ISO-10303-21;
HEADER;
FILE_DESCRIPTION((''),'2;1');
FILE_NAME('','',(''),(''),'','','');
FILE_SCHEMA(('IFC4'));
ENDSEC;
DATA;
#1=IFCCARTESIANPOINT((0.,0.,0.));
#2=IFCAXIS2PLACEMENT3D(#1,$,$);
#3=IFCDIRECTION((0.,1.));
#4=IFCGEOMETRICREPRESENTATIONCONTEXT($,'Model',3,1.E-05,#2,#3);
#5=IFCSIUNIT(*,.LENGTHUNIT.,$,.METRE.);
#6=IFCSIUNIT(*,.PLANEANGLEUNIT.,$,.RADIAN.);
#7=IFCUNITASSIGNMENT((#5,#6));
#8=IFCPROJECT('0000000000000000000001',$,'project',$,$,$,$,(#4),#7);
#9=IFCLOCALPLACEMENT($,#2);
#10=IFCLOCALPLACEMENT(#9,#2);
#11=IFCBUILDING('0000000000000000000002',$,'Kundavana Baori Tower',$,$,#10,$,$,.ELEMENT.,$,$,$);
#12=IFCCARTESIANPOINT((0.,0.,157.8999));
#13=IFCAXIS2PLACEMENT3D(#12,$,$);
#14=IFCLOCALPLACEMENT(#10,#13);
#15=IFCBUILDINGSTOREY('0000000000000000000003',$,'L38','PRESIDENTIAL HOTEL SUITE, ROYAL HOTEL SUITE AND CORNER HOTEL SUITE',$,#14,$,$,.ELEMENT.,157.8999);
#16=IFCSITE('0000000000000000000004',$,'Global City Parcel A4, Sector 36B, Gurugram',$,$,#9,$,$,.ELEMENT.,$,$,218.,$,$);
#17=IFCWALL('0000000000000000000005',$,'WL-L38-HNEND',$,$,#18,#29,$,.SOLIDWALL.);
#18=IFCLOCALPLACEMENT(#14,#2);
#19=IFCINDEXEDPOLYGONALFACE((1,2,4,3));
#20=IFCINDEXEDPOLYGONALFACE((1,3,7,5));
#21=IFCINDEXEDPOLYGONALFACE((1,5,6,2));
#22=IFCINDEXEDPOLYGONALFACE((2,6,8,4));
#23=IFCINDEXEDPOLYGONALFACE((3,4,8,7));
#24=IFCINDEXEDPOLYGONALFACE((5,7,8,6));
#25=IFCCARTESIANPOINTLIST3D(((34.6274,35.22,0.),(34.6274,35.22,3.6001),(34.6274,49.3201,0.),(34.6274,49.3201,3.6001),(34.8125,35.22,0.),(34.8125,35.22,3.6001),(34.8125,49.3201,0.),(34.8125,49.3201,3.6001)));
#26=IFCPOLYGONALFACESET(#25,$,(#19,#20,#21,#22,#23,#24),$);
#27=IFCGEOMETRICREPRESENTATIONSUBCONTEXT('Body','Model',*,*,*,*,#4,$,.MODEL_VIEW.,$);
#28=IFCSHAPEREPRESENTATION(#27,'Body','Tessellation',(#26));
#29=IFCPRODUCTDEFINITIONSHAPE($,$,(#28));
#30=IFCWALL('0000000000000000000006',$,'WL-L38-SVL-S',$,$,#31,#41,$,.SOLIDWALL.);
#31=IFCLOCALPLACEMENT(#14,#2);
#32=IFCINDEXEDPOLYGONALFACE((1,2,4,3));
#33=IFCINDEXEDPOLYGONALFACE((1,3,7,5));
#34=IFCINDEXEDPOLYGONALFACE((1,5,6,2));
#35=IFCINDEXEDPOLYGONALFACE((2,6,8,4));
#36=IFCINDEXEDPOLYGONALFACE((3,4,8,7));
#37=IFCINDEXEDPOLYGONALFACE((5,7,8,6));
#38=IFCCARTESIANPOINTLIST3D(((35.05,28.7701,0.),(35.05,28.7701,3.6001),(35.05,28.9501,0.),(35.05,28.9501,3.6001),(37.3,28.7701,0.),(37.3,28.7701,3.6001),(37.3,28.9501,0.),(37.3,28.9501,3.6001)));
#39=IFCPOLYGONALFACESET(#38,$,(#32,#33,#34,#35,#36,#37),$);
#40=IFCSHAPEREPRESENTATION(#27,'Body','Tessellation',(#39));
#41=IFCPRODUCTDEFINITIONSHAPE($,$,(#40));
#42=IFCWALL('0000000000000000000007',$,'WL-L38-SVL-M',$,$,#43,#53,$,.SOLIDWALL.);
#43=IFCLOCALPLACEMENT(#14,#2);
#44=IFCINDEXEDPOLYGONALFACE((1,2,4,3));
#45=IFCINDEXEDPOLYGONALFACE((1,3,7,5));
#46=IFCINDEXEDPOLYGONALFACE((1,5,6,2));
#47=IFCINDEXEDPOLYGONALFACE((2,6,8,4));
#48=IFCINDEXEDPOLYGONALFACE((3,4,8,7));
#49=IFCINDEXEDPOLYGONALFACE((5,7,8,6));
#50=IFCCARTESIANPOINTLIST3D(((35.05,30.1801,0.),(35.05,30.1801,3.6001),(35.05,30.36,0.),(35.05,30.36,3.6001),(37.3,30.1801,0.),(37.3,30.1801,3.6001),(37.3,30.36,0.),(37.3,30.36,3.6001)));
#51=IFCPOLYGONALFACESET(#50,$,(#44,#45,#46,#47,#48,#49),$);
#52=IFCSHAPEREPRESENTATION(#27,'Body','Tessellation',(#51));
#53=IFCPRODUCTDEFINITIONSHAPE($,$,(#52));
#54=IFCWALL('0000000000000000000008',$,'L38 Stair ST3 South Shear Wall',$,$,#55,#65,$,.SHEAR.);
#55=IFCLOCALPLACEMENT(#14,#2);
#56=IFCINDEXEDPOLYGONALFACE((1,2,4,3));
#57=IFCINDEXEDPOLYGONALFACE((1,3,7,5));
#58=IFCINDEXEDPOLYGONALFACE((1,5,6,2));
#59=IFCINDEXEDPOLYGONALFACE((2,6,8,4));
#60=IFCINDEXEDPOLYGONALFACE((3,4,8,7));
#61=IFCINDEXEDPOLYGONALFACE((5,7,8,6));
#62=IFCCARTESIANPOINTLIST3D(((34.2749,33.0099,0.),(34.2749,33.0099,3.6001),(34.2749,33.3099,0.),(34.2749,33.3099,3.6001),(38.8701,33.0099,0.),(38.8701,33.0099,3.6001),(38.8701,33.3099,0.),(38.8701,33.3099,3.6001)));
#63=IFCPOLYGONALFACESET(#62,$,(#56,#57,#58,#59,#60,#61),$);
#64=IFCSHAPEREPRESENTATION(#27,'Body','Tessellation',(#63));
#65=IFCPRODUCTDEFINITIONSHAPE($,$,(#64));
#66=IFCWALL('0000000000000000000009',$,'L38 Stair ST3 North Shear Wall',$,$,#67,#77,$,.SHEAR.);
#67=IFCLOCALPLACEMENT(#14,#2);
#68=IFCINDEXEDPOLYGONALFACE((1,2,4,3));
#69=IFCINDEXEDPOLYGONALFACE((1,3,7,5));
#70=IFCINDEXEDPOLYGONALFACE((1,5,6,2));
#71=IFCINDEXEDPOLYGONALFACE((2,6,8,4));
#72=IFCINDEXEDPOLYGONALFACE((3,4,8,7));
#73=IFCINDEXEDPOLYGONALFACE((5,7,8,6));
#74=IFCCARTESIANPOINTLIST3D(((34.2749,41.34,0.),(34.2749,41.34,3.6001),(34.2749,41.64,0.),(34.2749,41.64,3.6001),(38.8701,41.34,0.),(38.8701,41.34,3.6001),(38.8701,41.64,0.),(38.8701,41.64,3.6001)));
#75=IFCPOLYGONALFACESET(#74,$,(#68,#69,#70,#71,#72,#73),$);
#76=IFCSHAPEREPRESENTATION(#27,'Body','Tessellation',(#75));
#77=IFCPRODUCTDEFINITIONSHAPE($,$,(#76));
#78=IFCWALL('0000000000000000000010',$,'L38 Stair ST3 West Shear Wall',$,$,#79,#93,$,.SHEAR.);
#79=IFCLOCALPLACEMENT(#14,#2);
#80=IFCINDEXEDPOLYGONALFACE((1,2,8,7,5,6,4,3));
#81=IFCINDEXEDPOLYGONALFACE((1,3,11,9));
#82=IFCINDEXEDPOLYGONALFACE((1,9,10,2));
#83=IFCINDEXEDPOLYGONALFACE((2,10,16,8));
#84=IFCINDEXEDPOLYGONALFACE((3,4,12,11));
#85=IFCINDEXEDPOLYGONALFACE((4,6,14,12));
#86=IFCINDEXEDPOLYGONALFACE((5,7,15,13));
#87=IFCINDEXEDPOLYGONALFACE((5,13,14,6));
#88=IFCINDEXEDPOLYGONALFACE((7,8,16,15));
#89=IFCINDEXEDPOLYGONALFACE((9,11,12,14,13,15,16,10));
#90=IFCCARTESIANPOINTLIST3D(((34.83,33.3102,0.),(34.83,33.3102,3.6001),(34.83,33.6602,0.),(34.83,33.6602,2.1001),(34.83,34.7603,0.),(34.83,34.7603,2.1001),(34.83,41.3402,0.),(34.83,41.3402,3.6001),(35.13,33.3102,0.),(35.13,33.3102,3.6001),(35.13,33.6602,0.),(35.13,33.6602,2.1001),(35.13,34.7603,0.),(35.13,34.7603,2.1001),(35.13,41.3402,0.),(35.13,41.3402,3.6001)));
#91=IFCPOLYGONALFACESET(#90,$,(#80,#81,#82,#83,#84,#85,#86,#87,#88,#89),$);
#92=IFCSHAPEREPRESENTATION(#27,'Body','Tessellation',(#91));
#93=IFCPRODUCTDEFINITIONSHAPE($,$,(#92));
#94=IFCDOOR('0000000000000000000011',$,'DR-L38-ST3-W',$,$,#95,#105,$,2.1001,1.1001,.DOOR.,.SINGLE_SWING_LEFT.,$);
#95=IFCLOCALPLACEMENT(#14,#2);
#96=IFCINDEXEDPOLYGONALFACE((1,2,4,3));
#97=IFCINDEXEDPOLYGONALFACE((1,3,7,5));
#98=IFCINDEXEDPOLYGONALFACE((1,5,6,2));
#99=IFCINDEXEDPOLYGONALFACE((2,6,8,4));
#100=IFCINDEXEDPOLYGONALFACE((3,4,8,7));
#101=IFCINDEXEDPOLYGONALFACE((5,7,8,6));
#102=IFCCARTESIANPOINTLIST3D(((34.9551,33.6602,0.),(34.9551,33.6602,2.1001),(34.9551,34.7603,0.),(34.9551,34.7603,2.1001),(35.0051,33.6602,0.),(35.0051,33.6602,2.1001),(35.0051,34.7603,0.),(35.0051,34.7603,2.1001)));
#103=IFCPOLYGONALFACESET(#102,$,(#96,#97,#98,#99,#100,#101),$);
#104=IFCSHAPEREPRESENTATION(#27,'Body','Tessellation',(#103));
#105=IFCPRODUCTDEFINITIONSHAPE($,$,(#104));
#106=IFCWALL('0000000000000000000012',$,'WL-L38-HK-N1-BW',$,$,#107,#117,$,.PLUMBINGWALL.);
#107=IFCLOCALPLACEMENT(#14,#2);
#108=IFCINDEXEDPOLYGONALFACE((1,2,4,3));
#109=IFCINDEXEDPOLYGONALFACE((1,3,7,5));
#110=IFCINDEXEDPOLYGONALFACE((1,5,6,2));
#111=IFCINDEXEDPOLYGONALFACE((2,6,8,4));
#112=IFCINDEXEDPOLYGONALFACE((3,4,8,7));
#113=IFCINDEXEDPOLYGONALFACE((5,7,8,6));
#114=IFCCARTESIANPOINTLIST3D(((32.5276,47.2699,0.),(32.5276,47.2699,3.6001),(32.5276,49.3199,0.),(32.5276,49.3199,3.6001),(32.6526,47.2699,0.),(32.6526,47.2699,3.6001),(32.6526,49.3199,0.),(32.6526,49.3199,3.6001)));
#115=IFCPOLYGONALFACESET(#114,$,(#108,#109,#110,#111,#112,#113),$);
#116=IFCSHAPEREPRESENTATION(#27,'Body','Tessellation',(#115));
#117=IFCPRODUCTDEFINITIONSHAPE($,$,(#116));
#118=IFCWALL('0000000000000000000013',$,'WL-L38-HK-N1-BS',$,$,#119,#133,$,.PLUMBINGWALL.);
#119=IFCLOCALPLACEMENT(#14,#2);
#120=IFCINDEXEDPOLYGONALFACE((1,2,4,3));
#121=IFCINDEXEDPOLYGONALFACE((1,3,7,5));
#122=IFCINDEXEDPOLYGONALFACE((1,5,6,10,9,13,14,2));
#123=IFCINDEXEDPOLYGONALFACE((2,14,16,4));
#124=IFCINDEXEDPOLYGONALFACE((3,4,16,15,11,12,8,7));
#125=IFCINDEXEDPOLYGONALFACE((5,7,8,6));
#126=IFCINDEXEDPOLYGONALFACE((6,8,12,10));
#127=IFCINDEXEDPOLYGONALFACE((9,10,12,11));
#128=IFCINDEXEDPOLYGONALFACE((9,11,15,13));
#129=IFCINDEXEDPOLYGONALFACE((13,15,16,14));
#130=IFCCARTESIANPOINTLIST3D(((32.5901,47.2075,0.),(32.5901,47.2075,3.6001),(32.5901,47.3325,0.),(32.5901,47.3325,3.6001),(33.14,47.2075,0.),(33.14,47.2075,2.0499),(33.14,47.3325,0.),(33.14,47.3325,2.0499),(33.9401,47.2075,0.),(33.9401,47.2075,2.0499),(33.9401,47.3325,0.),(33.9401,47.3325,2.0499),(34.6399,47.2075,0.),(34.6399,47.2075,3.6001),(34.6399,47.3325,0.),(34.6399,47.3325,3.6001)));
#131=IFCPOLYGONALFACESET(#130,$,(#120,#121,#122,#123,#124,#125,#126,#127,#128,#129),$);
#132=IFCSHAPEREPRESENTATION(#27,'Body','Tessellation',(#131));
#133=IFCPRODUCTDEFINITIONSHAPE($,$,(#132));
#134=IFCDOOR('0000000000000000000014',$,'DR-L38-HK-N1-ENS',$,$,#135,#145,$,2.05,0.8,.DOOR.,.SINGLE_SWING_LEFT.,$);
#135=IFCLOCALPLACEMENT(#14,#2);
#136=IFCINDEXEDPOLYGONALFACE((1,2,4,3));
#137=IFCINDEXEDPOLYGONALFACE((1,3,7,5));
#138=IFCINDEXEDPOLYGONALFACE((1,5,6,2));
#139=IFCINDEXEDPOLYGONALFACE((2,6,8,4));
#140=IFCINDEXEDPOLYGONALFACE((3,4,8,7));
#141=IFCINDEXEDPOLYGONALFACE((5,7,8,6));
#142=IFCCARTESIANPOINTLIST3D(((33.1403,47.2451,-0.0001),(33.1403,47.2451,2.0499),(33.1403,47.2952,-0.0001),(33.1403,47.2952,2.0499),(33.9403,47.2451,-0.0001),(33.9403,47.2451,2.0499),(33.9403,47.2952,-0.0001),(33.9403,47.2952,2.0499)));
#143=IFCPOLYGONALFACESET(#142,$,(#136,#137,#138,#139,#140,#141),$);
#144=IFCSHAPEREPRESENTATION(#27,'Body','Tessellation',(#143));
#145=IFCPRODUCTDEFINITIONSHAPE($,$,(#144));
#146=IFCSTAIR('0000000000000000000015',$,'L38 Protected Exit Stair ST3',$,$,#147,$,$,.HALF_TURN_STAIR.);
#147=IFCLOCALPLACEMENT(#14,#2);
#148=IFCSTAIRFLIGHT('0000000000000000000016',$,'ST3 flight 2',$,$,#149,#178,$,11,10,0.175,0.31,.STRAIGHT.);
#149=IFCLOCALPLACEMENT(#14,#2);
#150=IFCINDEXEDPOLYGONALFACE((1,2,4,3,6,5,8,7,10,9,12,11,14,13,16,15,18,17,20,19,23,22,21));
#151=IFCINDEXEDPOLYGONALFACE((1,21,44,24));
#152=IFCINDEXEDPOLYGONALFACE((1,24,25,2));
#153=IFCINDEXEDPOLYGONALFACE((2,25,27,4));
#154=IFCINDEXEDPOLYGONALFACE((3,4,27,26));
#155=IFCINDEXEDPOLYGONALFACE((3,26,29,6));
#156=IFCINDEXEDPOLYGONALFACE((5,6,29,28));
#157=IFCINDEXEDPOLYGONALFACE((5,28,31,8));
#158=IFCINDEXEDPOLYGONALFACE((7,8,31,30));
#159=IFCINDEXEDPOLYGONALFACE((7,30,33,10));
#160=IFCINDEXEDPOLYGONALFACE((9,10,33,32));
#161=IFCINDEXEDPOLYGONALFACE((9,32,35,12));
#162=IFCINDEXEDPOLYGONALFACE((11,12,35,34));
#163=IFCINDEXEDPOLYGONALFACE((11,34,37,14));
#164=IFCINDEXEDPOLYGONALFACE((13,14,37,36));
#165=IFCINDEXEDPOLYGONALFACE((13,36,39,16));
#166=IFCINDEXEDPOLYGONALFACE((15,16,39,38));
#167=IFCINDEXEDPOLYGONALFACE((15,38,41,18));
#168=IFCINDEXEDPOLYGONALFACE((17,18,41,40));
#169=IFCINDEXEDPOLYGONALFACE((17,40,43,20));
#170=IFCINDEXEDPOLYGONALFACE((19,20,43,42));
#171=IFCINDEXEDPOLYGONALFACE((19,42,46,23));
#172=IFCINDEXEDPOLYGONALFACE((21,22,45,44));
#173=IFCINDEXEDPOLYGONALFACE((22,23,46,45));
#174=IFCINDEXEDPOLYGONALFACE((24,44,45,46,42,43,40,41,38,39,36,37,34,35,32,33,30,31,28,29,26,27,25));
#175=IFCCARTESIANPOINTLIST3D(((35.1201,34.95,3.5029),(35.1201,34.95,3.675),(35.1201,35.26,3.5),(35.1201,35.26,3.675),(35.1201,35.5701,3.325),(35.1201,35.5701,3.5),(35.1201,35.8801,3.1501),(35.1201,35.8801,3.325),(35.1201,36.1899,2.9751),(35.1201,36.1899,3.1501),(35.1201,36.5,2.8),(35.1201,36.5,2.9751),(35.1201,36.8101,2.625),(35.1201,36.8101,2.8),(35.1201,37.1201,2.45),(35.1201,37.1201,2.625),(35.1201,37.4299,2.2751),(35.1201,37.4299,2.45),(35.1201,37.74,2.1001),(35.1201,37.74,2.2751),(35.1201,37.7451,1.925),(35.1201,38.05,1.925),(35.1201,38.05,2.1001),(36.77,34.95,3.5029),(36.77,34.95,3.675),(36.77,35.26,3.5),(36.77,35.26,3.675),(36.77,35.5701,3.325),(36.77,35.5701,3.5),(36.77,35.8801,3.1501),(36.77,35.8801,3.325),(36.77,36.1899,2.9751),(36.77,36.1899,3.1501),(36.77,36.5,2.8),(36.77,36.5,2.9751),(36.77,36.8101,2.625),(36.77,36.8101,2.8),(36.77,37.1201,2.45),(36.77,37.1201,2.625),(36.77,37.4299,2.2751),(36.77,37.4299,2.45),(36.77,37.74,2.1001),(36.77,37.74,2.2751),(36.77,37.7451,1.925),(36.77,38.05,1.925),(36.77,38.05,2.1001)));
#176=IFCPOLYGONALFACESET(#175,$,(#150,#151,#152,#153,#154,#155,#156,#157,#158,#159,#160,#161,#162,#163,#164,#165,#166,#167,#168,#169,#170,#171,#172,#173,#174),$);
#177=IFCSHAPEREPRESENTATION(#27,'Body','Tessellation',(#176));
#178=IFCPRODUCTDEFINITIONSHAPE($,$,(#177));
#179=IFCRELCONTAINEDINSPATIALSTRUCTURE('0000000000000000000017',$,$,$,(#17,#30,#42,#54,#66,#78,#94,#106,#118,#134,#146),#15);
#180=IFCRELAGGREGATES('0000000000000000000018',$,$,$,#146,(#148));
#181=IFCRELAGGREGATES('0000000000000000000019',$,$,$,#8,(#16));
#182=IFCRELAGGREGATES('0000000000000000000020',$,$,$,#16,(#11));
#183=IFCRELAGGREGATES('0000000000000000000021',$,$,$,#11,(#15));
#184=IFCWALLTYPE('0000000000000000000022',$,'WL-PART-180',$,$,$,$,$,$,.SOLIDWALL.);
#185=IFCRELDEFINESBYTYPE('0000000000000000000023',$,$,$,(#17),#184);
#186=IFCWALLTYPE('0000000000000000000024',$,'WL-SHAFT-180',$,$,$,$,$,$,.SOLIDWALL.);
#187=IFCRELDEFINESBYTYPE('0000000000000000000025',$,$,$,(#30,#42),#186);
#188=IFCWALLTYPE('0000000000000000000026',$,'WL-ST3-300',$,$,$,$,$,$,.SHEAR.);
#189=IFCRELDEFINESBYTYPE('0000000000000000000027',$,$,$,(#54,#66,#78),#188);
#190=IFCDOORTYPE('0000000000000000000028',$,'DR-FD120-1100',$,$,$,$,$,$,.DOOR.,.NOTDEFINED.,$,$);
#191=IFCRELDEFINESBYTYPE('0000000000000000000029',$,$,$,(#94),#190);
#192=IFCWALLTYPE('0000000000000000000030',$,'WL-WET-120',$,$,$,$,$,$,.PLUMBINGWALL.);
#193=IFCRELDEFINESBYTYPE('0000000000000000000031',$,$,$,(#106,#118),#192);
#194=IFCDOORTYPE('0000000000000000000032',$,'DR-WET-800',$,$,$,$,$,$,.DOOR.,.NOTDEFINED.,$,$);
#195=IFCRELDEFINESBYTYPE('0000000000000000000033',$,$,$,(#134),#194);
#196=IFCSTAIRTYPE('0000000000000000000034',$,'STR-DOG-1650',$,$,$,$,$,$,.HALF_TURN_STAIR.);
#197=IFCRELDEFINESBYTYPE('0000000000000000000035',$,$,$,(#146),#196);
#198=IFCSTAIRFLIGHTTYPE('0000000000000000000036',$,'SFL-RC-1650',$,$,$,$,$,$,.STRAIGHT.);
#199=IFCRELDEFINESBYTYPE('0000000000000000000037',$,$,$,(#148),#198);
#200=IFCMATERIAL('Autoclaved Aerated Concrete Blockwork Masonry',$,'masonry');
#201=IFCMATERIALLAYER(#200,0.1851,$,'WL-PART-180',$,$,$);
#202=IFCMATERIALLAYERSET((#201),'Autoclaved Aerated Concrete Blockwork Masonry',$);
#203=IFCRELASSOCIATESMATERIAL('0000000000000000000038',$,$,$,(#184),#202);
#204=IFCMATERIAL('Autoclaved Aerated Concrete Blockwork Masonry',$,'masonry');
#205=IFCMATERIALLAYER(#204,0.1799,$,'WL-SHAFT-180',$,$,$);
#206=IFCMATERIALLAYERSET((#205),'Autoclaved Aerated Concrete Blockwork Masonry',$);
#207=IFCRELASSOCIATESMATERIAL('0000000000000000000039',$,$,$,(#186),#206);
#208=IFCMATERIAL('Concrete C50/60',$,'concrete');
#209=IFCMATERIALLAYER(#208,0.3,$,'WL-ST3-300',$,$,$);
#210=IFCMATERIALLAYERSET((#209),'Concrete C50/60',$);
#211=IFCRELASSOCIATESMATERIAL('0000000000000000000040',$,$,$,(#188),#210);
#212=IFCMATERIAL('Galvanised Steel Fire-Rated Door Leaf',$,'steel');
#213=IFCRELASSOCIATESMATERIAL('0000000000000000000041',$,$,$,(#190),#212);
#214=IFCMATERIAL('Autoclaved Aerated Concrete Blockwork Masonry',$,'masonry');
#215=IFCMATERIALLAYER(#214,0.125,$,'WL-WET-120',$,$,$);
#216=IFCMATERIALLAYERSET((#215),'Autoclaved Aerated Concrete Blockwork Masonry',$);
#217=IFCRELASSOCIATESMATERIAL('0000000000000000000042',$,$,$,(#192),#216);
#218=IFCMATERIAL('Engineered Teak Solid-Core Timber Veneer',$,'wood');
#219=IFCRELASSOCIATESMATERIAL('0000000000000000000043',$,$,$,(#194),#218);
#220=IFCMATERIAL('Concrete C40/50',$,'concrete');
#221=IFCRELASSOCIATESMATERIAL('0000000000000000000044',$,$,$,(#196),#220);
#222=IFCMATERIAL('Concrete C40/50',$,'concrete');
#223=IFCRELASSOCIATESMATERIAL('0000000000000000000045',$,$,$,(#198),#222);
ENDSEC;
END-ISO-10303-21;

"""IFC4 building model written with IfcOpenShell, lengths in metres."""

from ifc_helpers import new_model, si_unit, direction, frame, frame_2d, origin, place, context, subcontext, project, spatial, polyline, rectangle, outline, extrude, material, layer, layer_set, type_object, element, fill, aggregate, save


model = new_model("IFC4")

# Units and contexts
model_context = context("Model", 3, precision=1e-05, world=origin(), true_north=direction((0.0, 1.0)))
body_context = subcontext(model_context, "Body", "Model", "MODEL_VIEW")
ifc_project = project(units=[si_unit("LENGTHUNIT", "METRE"), si_unit("PLANEANGLEUNIT", "RADIAN")], contexts=[model_context])

# Site, building, storey
site_placement = place(None, origin())
site = spatial("IfcSite", under=ifc_project, at=site_placement, Name="Global City Parcel A4, Sector 36B, Gurugram", CompositionType="ELEMENT", RefElevation=218.0)
building_placement = place(site_placement, origin())
building = spatial("IfcBuilding", under=site, at=building_placement, Name="Kundavana Baori Tower", CompositionType="ELEMENT")
storey_placement = place(building_placement, frame((0.0, 0.0, 157.8999)))
storey = spatial("IfcBuildingStorey", under=building, at=storey_placement, Name="L38", Description="PRESIDENTIAL HOTEL SUITE, ROYAL HOTEL SUITE AND CORNER HOTEL SUITE", CompositionType="ELEMENT", Elevation=157.8999)

# Shared definitions
ifc_material_1 = material(Name="Autoclaved Aerated Concrete Blockwork Masonry", Category="masonry")
ifc_layer_1 = layer(ifc_material_1, 0.1851, Name="WL-PART-180")
ifc_layer_set_1 = layer_set([ifc_layer_1], Name="Autoclaved Aerated Concrete Blockwork Masonry")
wall_type_1 = type_object("IfcWallType", Name="WL-PART-180", PredefinedType="SOLIDWALL", material=ifc_layer_set_1)

# Walls
wall_1_placement = place(storey_placement, frame((34.72, 35.22, 0.0), z_axis=(0.0, 0.0, 1.0), x_axis=(0.0, 1.0, 0.0)))
element("IfcWall", 1, at=wall_1_placement, inside=storey, type_object=wall_type_1, Name="WL-L38-HNEND", PredefinedType="SOLIDWALL", context=body_context, shape_type="SweptSolid", body=[
    extrude(rectangle(XDim=14.1001, YDim=0.1851, at=frame_2d((7.05, 0.0))), origin(), (0.0, 0.0, 1.0), 3.6001),
])
ifc_material_2 = material(Name="Autoclaved Aerated Concrete Blockwork Masonry", Category="masonry")
ifc_layer_2 = layer(ifc_material_2, 0.1799, Name="WL-SHAFT-180")
ifc_layer_set_2 = layer_set([ifc_layer_2], Name="Autoclaved Aerated Concrete Blockwork Masonry")
wall_type_2 = type_object("IfcWallType", Name="WL-SHAFT-180", PredefinedType="SOLIDWALL", material=ifc_layer_set_2)
for number, where, z_axis, x_axis, name in (
    (2, (35.05, 28.8601, 0.0), (0.0, 0.0, 1.0), (1.0, 0.0, 0.0), "WL-L38-SVL-S"),
    (3, (35.05, 30.27, 0.0), (0.0, 0.0, 1.0), (1.0, 0.0, 0.0), "WL-L38-SVL-M"),
):
    element("IfcWall", number, at=place(storey_placement, frame(where, z_axis=z_axis, x_axis=x_axis)), inside=storey, type_object=wall_type_2, Name=name, PredefinedType="SOLIDWALL", context=body_context, shape_type="SweptSolid", body=[
        extrude(rectangle(XDim=2.25, YDim=0.1799, at=frame_2d((1.125, 0.0))), origin(), (0.0, 0.0, 1.0), 3.6001),
    ])
ifc_material_3 = material(Name="Concrete C50/60", Category="concrete")
ifc_layer_3 = layer(ifc_material_3, 0.3, Name="WL-ST3-300")
ifc_layer_set_3 = layer_set([ifc_layer_3], Name="Concrete C50/60")
wall_type_3 = type_object("IfcWallType", Name="WL-ST3-300", PredefinedType="SHEAR", material=ifc_layer_set_3)
for number, where, z_axis, x_axis, name in (
    (4, (34.2749, 33.1599, 0.0), (0.0, 0.0, 1.0), (1.0, 0.0, 0.0), "L38 Stair ST3 South Shear Wall"),
    (5, (34.2749, 41.49, 0.0), (0.0, 0.0, 1.0), (1.0, 0.0, 0.0), "L38 Stair ST3 North Shear Wall"),
):
    element("IfcWall", number, at=place(storey_placement, frame(where, z_axis=z_axis, x_axis=x_axis)), inside=storey, type_object=wall_type_3, Name=name, PredefinedType="SHEAR", context=body_context, shape_type="SweptSolid", body=[
        extrude(rectangle(XDim=4.5952, YDim=0.3, at=frame_2d((2.2976, 0.0))), origin(), (0.0, 0.0, 1.0), 3.6001),
    ])

# Wall, opening, door
wall_2_placement = place(storey_placement, frame((34.98, 33.3101, 0.0), z_axis=(0.0, 0.0, 1.0), x_axis=(0.0, 1.0, 0.0)))
wall_2 = element("IfcWall", 6, at=wall_2_placement, inside=storey, type_object=wall_type_3, Name="L38 Stair ST3 West Shear Wall", PredefinedType="SHEAR", context=body_context, shape_type="SweptSolid", body=[
    extrude(rectangle(XDim=8.03, YDim=0.3, at=frame_2d((4.0151, 0.0))), origin(), (0.0, 0.0, 1.0), 3.6001),
])
opening_1_placement = place(wall_2_placement, frame((0.3501, 0.0, 0.0)))
opening_1 = element("IfcOpeningElement", 7, at=opening_1_placement, cuts=wall_2, PredefinedType="OPENING", context=body_context, shape_type="SweptSolid", body=[
    extrude(rectangle(XDim=1.1001, YDim=2.1001, at=frame_2d((0.55, 1.05))), frame((0.0, 0.1602, 0.0), z_axis=(0.0, -1.0, 0.0), x_axis=(1.0, 0.0, 0.0)), (0.0, 0.0, 1.0), 0.3201),
])
ifc_material_4 = material(Name="Galvanised Steel Fire-Rated Door Leaf", Category="steel")
door_type_1 = type_object("IfcDoorType", Name="DR-FD120-1100", OperationType="NOTDEFINED", PredefinedType="DOOR", material=ifc_material_4)
door_1_placement = place(opening_1_placement, origin())
door_1 = element("IfcDoor", 8, at=door_1_placement, inside=storey, type_object=door_type_1, Name="DR-L38-ST3-W", OperationType="SINGLE_SWING_LEFT", OverallHeight=2.1001, OverallWidth=1.1001, PredefinedType="DOOR", context=body_context, shape_type="SweptSolid", body=[
    extrude(rectangle(XDim=1.1001, YDim=2.1001, at=frame_2d((0.55, 1.05))), frame((0.0, 0.0249, 0.0), z_axis=(0.0, -1.0, 0.0), x_axis=(1.0, 0.0, 0.0)), (0.0, 0.0, 1.0), 0.05),
])
fill(opening_1, door_1)

# Wall
ifc_material_5 = material(Name="Autoclaved Aerated Concrete Blockwork Masonry", Category="masonry")
ifc_layer_4 = layer(ifc_material_5, 0.125, Name="WL-WET-120")
ifc_layer_set_4 = layer_set([ifc_layer_4], Name="Autoclaved Aerated Concrete Blockwork Masonry")
wall_type_4 = type_object("IfcWallType", Name="WL-WET-120", PredefinedType="PLUMBINGWALL", material=ifc_layer_set_4)
wall_3_placement = place(storey_placement, frame((32.5901, 47.27, 0.0), z_axis=(0.0, 0.0, 1.0), x_axis=(0.0, 1.0, 0.0)))
element("IfcWall", 9, at=wall_3_placement, inside=storey, type_object=wall_type_4, Name="WL-L38-HK-N1-BW", PredefinedType="PLUMBINGWALL", context=body_context, shape_type="SweptSolid", body=[
    extrude(rectangle(XDim=2.05, YDim=0.125, at=frame_2d((1.0249, 0.0))), origin(), (0.0, 0.0, 1.0), 3.6001),
])

# Wall, opening, door
wall_4_placement = place(storey_placement, frame((32.5901, 47.27, 0.0), z_axis=(0.0, 0.0, 1.0), x_axis=(1.0, 0.0, 0.0)))
wall_4 = element("IfcWall", 10, at=wall_4_placement, inside=storey, type_object=wall_type_4, Name="WL-L38-HK-N1-BS", PredefinedType="PLUMBINGWALL", context=body_context, shape_type="SweptSolid", body=[
    extrude(rectangle(XDim=2.0498, YDim=0.125, at=frame_2d((1.0249, 0.0))), origin(), (0.0, 0.0, 1.0), 3.6001),
])
opening_2_placement = place(wall_4_placement, frame((0.55, 0.0, 0.0)))
opening_2 = element("IfcOpeningElement", 11, at=opening_2_placement, cuts=wall_4, PredefinedType="OPENING", context=body_context, shape_type="SweptSolid", body=[
    extrude(rectangle(XDim=0.8, YDim=2.05, at=frame_2d((0.3999, 1.0249))), frame((0.0, 0.0725, 0.0), z_axis=(0.0, -1.0, 0.0), x_axis=(1.0, 0.0, 0.0)), (0.0, 0.0, 1.0), 0.145),
])
ifc_material_6 = material(Name="Engineered Teak Solid-Core Timber Veneer", Category="wood")
door_type_2 = type_object("IfcDoorType", Name="DR-WET-800", OperationType="NOTDEFINED", PredefinedType="DOOR", material=ifc_material_6)
door_2_placement = place(opening_2_placement, frame((0.8, 0.0, 0.0), z_axis=(0.0, 0.0, 1.0), x_axis=(-1.0, 0.0, 0.0)))
door_2 = element("IfcDoor", 12, at=door_2_placement, inside=storey, type_object=door_type_2, Name="DR-L38-HK-N1-ENS", OperationType="SINGLE_SWING_LEFT", OverallHeight=2.05, OverallWidth=0.8, PredefinedType="DOOR", context=body_context, shape_type="SweptSolid", body=[
    extrude(rectangle(XDim=0.8, YDim=2.05, at=frame_2d((0.3999, 1.0249))), frame((0.0, 0.0249, 0.0), z_axis=(0.0, -1.0, 0.0), x_axis=(1.0, 0.0, 0.0)), (0.0, 0.0, 1.0), 0.05),
])
fill(opening_2, door_2)

# Stair, stair flight
ifc_material_7 = material(Name="Concrete C40/50", Category="concrete")
stair_type = type_object("IfcStairType", Name="STR-DOG-1650", PredefinedType="HALF_TURN_STAIR", material=ifc_material_7)
stair_placement = place(storey_placement, origin())
stair = element("IfcStair", 13, at=stair_placement, inside=storey, type_object=stair_type, Name="L38 Protected Exit Stair ST3", PredefinedType="HALF_TURN_STAIR")
ifc_material_8 = material(Name="Concrete C40/50", Category="concrete")
stair_flight_type = type_object("IfcStairFlightType", Name="SFL-RC-1650", PredefinedType="STRAIGHT", material=ifc_material_8)
stair_flight_placement = place(storey_placement, frame((35.9451, 38.05, 1.925), z_axis=(0.0, 0.0, 1.0), x_axis=(0.0, -1.0, 0.0)))
stair_flight = element("IfcStairFlight", 14, at=stair_flight_placement, type_object=stair_flight_type, Name="ST3 flight 2", NumberOfRisers=11, NumberOfTreads=10, PredefinedType="STRAIGHT", RiserHeight=0.175, TreadLength=0.31, context=body_context, shape_type="SweptSolid", body=[
    extrude(outline(polyline([(0.0, 0.0), (0.0, 0.175), (0.3101, 0.175), (0.3101, 0.3501), (0.6201, 0.3501), (0.6201, 0.5249), (0.9299, 0.5249), (0.9299, 0.7), (1.24, 0.7), (1.24, 0.875), (1.55, 0.875), (1.55, 1.05), (1.8601, 1.05), (1.8601, 1.2251), (2.1699, 1.2251), (2.1699, 1.3999), (2.48, 1.3999), (2.48, 1.575), (2.79, 1.575), (2.79, 1.75), (3.1001, 1.75), (3.1001, 1.925), (3.1001, 1.5779), (0.3049, 0.0), (0.0, 0.0)])), frame((0.0, 0.825, 0.0), z_axis=(0.0, -1.0, 0.0), x_axis=(1.0, 0.0, 0.0)), (0.0, 0.0, 1.0), 1.6499),
])
aggregate(stair, [stair_flight])

save(model, "model.ifc")
